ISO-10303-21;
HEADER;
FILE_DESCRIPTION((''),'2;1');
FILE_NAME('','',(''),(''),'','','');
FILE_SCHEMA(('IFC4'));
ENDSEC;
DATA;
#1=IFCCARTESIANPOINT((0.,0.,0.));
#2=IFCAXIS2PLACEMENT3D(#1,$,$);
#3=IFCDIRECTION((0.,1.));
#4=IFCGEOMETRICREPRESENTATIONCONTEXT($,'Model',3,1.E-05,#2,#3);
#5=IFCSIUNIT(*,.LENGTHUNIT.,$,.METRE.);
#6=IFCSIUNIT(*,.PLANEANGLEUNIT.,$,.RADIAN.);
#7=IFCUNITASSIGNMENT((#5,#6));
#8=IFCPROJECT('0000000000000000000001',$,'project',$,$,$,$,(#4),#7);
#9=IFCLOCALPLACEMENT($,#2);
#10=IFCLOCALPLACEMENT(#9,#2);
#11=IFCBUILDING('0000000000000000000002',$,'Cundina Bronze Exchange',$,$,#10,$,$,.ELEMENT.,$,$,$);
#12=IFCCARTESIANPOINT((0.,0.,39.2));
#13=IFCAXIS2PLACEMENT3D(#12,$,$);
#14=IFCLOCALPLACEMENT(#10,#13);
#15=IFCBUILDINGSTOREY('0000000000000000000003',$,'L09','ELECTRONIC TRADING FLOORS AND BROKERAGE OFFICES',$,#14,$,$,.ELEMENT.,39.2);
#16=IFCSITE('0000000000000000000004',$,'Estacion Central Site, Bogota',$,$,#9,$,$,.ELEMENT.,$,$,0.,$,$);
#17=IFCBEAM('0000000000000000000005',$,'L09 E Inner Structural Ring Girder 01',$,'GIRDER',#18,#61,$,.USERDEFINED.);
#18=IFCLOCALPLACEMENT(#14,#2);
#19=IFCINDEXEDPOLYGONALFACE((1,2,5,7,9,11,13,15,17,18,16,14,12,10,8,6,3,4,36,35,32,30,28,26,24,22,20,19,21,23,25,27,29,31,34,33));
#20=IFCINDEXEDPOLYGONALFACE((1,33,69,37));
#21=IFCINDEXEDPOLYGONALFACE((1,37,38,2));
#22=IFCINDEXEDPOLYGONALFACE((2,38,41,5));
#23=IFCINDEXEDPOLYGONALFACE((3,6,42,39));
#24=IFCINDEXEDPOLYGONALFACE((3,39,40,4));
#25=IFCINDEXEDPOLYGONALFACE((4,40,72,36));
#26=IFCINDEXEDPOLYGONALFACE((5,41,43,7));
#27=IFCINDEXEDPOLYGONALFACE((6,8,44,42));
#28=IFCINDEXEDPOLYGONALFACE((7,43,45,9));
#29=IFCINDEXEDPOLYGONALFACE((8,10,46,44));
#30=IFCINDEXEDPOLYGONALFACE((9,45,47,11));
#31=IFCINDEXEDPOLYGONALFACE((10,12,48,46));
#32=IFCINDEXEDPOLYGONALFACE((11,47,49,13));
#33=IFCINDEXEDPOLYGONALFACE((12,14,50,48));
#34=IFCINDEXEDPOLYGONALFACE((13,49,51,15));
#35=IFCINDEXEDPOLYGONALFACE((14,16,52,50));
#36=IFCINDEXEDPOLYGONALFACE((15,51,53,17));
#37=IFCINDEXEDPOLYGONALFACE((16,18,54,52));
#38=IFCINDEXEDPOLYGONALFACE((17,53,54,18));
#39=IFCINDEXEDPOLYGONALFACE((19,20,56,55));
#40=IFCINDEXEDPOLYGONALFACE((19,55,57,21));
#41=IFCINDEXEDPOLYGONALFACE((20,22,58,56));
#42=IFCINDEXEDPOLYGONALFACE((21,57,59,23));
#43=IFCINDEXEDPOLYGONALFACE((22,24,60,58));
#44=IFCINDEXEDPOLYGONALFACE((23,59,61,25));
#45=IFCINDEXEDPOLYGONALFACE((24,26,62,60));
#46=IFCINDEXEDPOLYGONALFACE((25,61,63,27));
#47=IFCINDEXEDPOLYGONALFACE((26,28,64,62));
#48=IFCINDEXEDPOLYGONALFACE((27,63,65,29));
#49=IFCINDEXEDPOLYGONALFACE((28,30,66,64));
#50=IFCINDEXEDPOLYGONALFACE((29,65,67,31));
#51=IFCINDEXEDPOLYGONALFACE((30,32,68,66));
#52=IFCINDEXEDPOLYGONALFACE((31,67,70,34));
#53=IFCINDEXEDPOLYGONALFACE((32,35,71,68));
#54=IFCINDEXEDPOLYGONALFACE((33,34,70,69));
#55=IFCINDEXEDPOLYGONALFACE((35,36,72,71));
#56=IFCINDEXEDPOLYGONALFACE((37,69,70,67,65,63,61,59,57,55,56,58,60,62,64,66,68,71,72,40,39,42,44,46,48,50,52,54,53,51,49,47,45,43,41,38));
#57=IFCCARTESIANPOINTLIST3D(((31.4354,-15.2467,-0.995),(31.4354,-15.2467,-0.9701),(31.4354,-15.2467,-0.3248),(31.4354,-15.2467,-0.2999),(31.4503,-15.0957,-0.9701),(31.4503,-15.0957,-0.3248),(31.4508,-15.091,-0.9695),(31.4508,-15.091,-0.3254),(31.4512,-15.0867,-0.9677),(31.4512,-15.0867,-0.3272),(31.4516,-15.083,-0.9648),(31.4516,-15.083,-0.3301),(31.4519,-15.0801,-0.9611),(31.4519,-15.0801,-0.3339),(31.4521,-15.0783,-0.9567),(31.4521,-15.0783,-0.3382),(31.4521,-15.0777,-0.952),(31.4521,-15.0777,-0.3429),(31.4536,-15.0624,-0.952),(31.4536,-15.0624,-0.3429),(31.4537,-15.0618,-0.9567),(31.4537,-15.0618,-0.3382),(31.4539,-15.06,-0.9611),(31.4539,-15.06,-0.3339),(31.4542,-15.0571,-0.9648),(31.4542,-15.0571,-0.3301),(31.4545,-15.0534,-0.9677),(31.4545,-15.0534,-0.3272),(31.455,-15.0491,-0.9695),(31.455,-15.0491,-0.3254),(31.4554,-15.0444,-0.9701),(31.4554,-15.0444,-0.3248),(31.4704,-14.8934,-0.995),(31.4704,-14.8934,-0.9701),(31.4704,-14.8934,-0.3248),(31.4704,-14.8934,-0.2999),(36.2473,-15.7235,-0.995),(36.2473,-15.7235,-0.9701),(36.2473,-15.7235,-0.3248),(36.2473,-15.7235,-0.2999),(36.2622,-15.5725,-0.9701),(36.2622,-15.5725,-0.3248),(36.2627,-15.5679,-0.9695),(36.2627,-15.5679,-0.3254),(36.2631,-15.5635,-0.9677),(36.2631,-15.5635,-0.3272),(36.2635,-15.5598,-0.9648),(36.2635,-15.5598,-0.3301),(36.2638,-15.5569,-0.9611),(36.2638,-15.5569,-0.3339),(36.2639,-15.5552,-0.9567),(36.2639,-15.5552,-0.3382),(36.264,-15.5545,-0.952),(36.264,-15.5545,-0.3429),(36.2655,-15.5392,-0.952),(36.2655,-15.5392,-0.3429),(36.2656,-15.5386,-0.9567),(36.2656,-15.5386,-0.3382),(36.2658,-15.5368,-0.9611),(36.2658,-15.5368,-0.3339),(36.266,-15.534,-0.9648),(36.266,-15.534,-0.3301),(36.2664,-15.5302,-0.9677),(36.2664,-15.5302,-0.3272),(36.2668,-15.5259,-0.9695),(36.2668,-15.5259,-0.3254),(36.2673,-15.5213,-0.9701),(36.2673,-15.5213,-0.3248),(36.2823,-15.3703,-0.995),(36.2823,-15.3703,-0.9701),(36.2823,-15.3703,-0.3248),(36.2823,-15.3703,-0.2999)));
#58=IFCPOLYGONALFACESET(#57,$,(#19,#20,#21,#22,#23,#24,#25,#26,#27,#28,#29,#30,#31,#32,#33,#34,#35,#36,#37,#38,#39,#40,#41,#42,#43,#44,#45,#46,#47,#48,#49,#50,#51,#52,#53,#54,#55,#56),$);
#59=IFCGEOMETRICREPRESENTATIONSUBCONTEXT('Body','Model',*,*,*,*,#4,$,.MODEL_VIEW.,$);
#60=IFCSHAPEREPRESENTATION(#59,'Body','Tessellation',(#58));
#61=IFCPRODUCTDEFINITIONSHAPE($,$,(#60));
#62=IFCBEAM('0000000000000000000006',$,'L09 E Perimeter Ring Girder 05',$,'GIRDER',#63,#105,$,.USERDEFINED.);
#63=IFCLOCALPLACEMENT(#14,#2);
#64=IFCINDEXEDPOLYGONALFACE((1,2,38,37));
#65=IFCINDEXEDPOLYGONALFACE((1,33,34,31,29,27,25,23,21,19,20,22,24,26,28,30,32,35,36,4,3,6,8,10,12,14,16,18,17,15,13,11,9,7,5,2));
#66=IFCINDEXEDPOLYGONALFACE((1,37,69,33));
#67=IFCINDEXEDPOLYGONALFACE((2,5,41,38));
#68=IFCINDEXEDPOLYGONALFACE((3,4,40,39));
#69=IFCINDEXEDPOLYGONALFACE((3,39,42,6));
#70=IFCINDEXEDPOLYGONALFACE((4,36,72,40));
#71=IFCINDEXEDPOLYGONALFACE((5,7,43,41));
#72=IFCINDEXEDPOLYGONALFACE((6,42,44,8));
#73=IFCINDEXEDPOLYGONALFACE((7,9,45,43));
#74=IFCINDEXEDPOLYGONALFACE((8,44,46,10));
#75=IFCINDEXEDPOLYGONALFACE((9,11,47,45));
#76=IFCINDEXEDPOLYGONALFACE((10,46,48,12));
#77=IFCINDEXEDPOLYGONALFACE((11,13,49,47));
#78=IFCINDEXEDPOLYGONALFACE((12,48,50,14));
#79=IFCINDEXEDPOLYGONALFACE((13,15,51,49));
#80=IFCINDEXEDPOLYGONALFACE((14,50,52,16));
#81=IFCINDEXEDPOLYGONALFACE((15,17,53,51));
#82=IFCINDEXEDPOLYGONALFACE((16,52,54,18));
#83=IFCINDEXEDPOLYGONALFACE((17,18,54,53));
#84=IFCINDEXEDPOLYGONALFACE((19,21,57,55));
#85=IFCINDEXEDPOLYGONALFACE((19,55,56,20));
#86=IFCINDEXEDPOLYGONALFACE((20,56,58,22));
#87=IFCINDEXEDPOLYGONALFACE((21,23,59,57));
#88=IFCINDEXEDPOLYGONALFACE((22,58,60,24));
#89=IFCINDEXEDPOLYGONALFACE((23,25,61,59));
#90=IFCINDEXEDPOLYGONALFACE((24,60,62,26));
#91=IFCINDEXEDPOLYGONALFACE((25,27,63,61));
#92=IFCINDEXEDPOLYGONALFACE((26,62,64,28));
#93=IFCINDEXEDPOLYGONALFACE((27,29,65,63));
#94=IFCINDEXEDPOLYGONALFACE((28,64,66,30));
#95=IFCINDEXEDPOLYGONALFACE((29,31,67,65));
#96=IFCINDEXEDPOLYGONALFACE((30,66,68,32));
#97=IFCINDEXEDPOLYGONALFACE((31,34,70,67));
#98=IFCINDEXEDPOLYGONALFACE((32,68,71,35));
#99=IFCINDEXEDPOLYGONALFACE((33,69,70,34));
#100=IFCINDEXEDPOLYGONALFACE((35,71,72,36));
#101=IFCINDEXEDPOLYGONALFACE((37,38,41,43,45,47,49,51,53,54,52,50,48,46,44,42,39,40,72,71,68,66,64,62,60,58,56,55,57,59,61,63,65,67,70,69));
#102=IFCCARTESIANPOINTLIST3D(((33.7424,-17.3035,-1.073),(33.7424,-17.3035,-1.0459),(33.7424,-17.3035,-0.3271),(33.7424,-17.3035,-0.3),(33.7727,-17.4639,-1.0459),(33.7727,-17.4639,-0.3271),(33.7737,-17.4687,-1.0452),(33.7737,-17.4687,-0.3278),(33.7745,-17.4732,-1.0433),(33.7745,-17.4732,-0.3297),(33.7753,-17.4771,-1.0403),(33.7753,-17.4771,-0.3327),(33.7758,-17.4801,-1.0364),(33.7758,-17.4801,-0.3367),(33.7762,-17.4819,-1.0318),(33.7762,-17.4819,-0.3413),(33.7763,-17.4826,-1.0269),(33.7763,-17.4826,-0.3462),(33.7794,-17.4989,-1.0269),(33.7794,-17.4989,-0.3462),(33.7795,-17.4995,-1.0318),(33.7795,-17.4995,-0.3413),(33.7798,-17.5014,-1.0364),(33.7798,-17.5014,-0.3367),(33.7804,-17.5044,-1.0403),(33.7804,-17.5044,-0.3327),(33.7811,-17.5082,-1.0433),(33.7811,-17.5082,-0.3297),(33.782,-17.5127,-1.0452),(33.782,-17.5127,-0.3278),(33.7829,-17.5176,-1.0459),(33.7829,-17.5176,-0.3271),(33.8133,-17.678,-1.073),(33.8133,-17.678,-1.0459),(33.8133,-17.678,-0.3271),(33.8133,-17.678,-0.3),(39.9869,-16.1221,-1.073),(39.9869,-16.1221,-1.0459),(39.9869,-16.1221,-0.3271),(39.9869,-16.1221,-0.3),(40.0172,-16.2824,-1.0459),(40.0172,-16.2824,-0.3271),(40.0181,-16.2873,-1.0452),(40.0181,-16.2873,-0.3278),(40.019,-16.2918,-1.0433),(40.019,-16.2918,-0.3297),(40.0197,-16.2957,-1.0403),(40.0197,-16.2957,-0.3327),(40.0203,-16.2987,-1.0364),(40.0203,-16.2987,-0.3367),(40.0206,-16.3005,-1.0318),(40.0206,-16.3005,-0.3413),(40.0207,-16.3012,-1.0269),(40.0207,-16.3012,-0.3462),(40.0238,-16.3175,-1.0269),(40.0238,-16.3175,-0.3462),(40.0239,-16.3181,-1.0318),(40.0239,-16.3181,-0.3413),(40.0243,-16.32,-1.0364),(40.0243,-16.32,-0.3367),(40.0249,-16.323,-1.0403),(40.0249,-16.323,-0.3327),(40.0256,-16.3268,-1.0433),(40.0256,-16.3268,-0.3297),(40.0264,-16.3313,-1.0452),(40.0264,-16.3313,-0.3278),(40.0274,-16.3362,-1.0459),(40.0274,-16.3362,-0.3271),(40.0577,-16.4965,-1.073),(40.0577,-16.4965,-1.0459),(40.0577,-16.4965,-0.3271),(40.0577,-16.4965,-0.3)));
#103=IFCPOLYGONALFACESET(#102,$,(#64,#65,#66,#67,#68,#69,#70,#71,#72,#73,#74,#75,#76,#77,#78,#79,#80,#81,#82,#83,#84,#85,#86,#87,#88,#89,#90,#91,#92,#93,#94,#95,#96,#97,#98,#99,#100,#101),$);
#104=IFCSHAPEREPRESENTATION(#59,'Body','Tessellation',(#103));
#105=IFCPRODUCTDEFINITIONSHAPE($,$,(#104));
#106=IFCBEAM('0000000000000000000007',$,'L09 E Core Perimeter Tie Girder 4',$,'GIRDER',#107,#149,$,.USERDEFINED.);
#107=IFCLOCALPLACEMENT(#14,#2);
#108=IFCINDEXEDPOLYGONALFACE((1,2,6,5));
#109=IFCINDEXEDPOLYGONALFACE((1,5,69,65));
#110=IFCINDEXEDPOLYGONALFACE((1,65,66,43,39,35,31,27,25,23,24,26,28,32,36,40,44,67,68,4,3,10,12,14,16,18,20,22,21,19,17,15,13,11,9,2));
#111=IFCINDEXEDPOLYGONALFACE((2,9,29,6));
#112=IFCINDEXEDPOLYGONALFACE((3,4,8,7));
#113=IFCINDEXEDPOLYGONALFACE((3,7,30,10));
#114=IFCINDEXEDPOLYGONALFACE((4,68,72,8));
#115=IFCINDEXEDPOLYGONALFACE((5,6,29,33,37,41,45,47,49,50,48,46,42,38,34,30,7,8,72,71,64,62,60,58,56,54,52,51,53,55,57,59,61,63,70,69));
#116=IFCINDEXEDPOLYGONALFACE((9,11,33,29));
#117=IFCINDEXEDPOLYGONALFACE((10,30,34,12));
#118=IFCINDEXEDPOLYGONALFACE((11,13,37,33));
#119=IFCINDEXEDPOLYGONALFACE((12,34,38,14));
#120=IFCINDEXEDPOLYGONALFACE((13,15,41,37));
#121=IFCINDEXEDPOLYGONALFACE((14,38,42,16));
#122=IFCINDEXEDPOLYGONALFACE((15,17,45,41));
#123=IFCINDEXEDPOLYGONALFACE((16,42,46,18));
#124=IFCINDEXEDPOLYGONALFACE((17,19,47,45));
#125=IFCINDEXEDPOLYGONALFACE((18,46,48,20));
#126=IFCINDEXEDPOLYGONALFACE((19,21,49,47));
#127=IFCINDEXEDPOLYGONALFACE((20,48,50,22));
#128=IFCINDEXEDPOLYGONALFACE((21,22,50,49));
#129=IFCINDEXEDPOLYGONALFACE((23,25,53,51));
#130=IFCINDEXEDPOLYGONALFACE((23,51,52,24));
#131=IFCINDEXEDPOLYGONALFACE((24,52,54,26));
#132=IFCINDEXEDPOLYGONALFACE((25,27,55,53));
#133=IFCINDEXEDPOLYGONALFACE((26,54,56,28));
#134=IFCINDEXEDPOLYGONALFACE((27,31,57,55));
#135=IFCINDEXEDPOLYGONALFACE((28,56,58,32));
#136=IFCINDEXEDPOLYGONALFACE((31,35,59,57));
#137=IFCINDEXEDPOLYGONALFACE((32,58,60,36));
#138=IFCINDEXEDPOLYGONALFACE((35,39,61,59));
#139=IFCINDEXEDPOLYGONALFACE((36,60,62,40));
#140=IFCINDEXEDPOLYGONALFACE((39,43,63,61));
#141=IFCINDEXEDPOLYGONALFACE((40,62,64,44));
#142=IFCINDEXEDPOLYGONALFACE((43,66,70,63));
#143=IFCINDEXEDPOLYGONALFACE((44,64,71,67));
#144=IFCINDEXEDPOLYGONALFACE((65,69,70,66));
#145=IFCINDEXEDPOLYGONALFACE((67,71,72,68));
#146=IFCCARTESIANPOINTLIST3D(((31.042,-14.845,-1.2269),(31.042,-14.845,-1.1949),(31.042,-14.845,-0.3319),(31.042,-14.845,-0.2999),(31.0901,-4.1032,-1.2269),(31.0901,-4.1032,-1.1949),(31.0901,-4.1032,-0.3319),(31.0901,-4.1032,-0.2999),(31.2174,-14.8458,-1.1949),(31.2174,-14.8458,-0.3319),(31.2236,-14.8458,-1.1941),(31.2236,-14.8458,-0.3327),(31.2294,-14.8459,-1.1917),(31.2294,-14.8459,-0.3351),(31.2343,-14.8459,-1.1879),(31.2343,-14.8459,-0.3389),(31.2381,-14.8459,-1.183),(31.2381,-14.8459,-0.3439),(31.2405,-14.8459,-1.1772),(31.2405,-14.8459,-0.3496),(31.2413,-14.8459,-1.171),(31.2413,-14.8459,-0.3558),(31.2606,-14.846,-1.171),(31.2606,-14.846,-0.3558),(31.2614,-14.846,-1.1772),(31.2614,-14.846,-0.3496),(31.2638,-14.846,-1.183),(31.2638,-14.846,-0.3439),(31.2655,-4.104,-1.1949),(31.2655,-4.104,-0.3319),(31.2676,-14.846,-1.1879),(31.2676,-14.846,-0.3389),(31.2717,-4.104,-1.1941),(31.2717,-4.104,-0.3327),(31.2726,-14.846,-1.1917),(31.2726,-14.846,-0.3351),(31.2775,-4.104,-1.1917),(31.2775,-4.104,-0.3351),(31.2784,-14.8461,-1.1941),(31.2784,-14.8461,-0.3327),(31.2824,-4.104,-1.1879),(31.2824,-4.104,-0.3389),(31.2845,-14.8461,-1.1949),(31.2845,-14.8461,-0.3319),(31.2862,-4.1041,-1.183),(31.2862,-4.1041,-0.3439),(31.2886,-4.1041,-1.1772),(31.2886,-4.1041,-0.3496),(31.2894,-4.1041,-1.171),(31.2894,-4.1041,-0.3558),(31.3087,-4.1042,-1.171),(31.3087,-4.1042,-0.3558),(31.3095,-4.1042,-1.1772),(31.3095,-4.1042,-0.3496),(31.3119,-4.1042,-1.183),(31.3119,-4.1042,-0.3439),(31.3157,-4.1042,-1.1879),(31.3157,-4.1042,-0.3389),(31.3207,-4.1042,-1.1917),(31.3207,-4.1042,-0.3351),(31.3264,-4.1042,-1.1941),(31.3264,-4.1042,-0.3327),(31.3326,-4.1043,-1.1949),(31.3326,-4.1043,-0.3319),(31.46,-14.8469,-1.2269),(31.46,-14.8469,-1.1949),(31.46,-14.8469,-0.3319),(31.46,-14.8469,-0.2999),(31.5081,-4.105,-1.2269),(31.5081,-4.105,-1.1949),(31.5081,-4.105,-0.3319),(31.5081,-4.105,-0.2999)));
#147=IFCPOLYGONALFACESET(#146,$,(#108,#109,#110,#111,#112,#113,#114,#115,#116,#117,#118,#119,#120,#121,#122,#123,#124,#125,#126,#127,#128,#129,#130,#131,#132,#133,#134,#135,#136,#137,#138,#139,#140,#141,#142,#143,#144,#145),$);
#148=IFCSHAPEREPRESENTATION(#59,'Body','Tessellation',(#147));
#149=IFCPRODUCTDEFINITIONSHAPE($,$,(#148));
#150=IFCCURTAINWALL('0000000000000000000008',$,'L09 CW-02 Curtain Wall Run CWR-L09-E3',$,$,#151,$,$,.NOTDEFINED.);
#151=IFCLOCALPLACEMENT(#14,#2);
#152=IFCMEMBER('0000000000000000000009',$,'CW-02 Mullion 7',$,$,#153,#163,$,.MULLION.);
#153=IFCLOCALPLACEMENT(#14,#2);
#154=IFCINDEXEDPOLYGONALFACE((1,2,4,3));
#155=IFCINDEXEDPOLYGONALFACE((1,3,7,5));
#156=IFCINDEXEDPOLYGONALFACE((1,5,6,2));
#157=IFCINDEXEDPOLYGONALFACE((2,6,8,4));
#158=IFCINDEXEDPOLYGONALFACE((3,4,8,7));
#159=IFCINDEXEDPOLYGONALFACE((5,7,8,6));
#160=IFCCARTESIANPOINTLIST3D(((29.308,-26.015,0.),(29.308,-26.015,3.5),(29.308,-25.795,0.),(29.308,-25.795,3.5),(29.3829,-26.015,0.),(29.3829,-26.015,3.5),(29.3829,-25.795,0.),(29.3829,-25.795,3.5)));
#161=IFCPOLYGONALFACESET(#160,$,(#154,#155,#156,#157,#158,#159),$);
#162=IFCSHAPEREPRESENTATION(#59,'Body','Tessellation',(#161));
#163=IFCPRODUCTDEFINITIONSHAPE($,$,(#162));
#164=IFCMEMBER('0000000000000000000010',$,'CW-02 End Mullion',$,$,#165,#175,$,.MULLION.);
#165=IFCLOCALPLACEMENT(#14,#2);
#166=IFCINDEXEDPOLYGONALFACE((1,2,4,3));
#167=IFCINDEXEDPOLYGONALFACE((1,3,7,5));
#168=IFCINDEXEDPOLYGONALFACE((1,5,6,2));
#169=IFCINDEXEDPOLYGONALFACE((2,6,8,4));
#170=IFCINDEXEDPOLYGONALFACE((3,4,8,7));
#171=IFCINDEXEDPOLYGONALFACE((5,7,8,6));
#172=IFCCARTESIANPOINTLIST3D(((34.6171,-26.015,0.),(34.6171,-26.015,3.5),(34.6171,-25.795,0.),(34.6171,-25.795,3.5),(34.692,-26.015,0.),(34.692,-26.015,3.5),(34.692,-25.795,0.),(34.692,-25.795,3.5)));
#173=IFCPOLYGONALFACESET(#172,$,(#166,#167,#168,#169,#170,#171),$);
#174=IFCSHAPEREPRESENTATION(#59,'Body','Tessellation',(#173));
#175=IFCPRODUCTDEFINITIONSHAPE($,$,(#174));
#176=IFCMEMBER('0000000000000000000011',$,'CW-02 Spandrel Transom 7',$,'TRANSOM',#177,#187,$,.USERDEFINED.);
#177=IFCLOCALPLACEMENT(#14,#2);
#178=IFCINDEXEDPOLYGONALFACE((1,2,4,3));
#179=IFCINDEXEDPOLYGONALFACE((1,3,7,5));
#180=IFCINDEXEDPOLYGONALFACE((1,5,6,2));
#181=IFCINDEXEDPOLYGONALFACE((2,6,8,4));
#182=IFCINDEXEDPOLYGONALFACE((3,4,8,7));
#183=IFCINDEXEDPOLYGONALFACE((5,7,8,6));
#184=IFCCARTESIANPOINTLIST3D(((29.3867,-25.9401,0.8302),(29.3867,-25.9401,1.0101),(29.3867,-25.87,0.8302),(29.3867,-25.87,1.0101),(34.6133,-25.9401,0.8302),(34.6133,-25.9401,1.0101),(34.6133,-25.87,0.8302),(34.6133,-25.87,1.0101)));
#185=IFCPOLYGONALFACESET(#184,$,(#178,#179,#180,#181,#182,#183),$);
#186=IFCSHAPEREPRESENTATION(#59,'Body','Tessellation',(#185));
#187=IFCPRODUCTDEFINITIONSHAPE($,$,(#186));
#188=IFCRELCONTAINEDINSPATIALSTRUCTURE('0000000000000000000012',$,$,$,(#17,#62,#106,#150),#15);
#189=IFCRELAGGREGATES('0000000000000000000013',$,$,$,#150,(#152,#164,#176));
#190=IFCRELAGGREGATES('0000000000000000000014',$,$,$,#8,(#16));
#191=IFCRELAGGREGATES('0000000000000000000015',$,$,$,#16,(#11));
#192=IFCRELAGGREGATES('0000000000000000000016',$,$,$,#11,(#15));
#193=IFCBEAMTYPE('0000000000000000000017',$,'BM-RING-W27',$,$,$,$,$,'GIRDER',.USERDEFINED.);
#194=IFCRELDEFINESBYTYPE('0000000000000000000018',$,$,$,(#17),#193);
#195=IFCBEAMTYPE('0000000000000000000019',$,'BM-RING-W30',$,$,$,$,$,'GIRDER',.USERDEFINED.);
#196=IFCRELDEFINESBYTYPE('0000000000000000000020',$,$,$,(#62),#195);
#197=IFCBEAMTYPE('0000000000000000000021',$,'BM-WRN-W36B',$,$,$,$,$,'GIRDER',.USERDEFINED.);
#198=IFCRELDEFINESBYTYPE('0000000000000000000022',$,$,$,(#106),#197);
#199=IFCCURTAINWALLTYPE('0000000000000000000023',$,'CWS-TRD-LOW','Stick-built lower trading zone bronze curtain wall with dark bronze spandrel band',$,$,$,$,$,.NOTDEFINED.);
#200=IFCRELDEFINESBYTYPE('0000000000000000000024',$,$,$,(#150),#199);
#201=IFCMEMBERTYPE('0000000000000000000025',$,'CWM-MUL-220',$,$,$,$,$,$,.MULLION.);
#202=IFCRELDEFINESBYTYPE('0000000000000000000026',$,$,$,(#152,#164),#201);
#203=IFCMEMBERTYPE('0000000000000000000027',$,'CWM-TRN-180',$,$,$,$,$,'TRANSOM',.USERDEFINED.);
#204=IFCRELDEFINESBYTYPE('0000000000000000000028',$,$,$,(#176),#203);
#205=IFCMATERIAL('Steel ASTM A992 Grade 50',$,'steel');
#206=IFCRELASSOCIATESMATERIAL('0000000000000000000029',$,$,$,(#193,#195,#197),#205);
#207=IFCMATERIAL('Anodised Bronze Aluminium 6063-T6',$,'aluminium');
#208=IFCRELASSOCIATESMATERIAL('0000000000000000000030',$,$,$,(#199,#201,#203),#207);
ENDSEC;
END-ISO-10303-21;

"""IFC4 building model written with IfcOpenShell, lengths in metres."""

from ifc_helpers import new_model, si_unit, direction, frame, origin, origin_2d, place, context, subcontext, project, spatial, rectangle, i_section, extrude, material, material_profile, profile_set, type_object, element, aggregate, save


model = new_model("IFC4")

# Units and contexts
model_context = context("Model", 3, precision=1e-05, world=origin(), true_north=direction((0.0, 1.0)))
body_context = subcontext(model_context, "Body", "Model", "MODEL_VIEW")
ifc_project = project(units=[si_unit("LENGTHUNIT", "METRE"), si_unit("PLANEANGLEUNIT", "RADIAN")], contexts=[model_context])

# Site, building, storey
site_placement = place(None, origin())
site = spatial("IfcSite", under=ifc_project, at=site_placement, Name="Estacion Central Site, Bogota", CompositionType="ELEMENT", RefElevation=0.0)
building_placement = place(site_placement, origin())
building = spatial("IfcBuilding", under=site, at=building_placement, Name="Cundina Bronze Exchange", CompositionType="ELEMENT")
storey_placement = place(building_placement, frame((0.0, 0.0, 39.2)))
storey = spatial("IfcBuildingStorey", under=building, at=storey_placement, Name="L09", Description="ELECTRONIC TRADING FLOORS AND BROKERAGE OFFICES", CompositionType="ELEMENT", Elevation=39.2)

# Shared definitions
ifc_material_1 = material(Name="Steel ASTM A992 Grade 50", Category="steel")

# Beams
ifc_material_profile_1 = material_profile(ifc_material_1, i_section(OverallWidth=0.355, OverallDepth=0.6951, WebThickness=0.0154, FlangeThickness=0.0249, FilletRadius=0.0181, at=origin_2d()), Name="W27X146", Category="steel")
ifc_profile_set_1 = profile_set([ifc_material_profile_1], Name="Steel ASTM A992 Grade 50")
beam_type_1 = type_object("IfcBeamType", Name="BM-RING-W27", ElementType="GIRDER", PredefinedType="USERDEFINED", material=ifc_profile_set_1)
beam_1_placement = place(storey_placement, frame((31.4529, -15.0701, -0.6475), z_axis=(0.995126, -0.098609, 0.0), x_axis=(0.098609, 0.995126, 0.0)))
element("IfcBeam", 1, at=beam_1_placement, inside=storey, type_object=beam_type_1, Name="L09 E Inner Structural Ring Girder 01", ObjectType="GIRDER", PredefinedType="USERDEFINED", context=body_context, shape_type="SweptSolid", body=[
    extrude(i_section(OverallWidth=0.355, OverallDepth=0.6951, WebThickness=0.0154, FlangeThickness=0.0249, FilletRadius=0.0181, at=origin_2d()), origin(), (0.0, 0.0, 1.0), 4.8354),
])
ifc_material_profile_2 = material_profile(ifc_material_1, i_section(OverallWidth=0.3811, OverallDepth=0.7729, WebThickness=0.0166, FlangeThickness=0.0271, FilletRadius=0.019, at=origin_2d()), Name="W30X173", Category="steel")
ifc_profile_set_2 = profile_set([ifc_material_profile_2], Name="Steel ASTM A992 Grade 50")
beam_type_2 = type_object("IfcBeamType", Name="BM-RING-W30", ElementType="GIRDER", PredefinedType="USERDEFINED", material=ifc_profile_set_2)
beam_2_placement = place(storey_placement, frame((33.7778, -17.4907, -0.6865), z_axis=(0.982569, 0.185896, 0.0), x_axis=(-0.185896, 0.982569, 0.0)))
element("IfcBeam", 2, at=beam_2_placement, inside=storey, type_object=beam_type_2, Name="L09 E Perimeter Ring Girder 05", ObjectType="GIRDER", PredefinedType="USERDEFINED", context=body_context, shape_type="SweptSolid", body=[
    extrude(i_section(OverallWidth=0.3811, OverallDepth=0.7729, WebThickness=0.0166, FlangeThickness=0.0271, FilletRadius=0.019, at=origin_2d()), origin(), (0.0, 0.0, 1.0), 6.3552),
])
ifc_material_profile_3 = material_profile(ifc_material_1, i_section(OverallWidth=0.418, OverallDepth=0.927, WebThickness=0.0193, FlangeThickness=0.032, FilletRadius=0.0239, at=origin_2d()), Name="W36X231", Category="steel")
ifc_profile_set_3 = profile_set([ifc_material_profile_3], Name="Steel ASTM A992 Grade 50")
beam_type_3 = type_object("IfcBeamType", Name="BM-WRN-W36B", ElementType="GIRDER", PredefinedType="USERDEFINED", material=ifc_profile_set_3)
beam_3_placement = place(storey_placement, frame((31.251, -14.8459, -0.7634), z_axis=(0.004477, 0.99999, 0.0), x_axis=(-0.99999, 0.004477, 0.0)))
element("IfcBeam", 3, at=beam_3_placement, inside=storey, type_object=beam_type_3, Name="L09 E Core Perimeter Tie Girder 4", ObjectType="GIRDER", PredefinedType="USERDEFINED", context=body_context, shape_type="SweptSolid", body=[
    extrude(i_section(OverallWidth=0.418, OverallDepth=0.927, WebThickness=0.0193, FlangeThickness=0.032, FilletRadius=0.0239, at=origin_2d()), origin(), (0.0, 0.0, 1.0), 10.7419),
])

# Curtain wall, members
ifc_material_2 = material(Name="Anodised Bronze Aluminium 6063-T6", Category="aluminium")
curtain_wall_type = type_object("IfcCurtainWallType", Name="CWS-TRD-LOW", Description="Stick-built lower trading zone bronze curtain wall with dark bronze spandrel band", PredefinedType="NOTDEFINED", material=ifc_material_2)
curtain_wall_placement = place(storey_placement, origin())
curtain_wall = element("IfcCurtainWall", 4, at=curtain_wall_placement, inside=storey, type_object=curtain_wall_type, Name="L09 CW-02 Curtain Wall Run CWR-L09-E3", PredefinedType="NOTDEFINED")
ifc_material_profile_4 = material_profile(ifc_material_2, rectangle(XDim=0.075, YDim=0.22, at=origin_2d()), Name="AL75X220", Category="aluminium")
ifc_profile_set_4 = profile_set([ifc_material_profile_4], Name="Anodised Bronze Aluminium 6063-T6")
member_type_1 = type_object("IfcMemberType", Name="CWM-MUL-220", PredefinedType="MULLION", material=ifc_profile_set_4)
member_1_placement = place(storey_placement, frame((29.3455, -25.905, 0.0), z_axis=(0.0, 0.0, 1.0), x_axis=(1.0, 0.0, 0.0)))
member_1 = element("IfcMember", 5, at=member_1_placement, type_object=member_type_1, Name="CW-02 Mullion 7", PredefinedType="MULLION", context=body_context, shape_type="SweptSolid", body=[
    extrude(rectangle(XDim=0.075, YDim=0.22, at=origin_2d()), origin(), (0.0, 0.0, 1.0), 3.5),
])
member_2_placement = place(storey_placement, frame((34.6545, -25.905, 0.0), z_axis=(0.0, 0.0, 1.0), x_axis=(1.0, 0.0, 0.0)))
member_2 = element("IfcMember", 6, at=member_2_placement, type_object=member_type_1, Name="CW-02 End Mullion", PredefinedType="MULLION", context=body_context, shape_type="SweptSolid", body=[
    extrude(rectangle(XDim=0.075, YDim=0.22, at=origin_2d()), origin(), (0.0, 0.0, 1.0), 3.5),
])
ifc_material_profile_5 = material_profile(ifc_material_2, rectangle(XDim=0.0701, YDim=0.1799, at=origin_2d()), Name="AL70X180", Category="aluminium")
ifc_profile_set_5 = profile_set([ifc_material_profile_5], Name="Anodised Bronze Aluminium 6063-T6")
member_type_2 = type_object("IfcMemberType", Name="CWM-TRN-180", ElementType="TRANSOM", PredefinedType="USERDEFINED", material=ifc_profile_set_5)
member_3_placement = place(storey_placement, frame((29.3867, -25.905, 0.9202), z_axis=(1.0, 0.0, 0.0), x_axis=(0.0, 1.0, 0.0)))
member_3 = element("IfcMember", 7, at=member_3_placement, type_object=member_type_2, Name="CW-02 Spandrel Transom 7", ObjectType="TRANSOM", PredefinedType="USERDEFINED", context=body_context, shape_type="SweptSolid", body=[
    extrude(rectangle(XDim=0.0701, YDim=0.1799, at=origin_2d()), origin(), (0.0, 0.0, 1.0), 5.2266),
])
aggregate(curtain_wall, [member_1, member_2, member_3])

save(model, "model.ifc")
